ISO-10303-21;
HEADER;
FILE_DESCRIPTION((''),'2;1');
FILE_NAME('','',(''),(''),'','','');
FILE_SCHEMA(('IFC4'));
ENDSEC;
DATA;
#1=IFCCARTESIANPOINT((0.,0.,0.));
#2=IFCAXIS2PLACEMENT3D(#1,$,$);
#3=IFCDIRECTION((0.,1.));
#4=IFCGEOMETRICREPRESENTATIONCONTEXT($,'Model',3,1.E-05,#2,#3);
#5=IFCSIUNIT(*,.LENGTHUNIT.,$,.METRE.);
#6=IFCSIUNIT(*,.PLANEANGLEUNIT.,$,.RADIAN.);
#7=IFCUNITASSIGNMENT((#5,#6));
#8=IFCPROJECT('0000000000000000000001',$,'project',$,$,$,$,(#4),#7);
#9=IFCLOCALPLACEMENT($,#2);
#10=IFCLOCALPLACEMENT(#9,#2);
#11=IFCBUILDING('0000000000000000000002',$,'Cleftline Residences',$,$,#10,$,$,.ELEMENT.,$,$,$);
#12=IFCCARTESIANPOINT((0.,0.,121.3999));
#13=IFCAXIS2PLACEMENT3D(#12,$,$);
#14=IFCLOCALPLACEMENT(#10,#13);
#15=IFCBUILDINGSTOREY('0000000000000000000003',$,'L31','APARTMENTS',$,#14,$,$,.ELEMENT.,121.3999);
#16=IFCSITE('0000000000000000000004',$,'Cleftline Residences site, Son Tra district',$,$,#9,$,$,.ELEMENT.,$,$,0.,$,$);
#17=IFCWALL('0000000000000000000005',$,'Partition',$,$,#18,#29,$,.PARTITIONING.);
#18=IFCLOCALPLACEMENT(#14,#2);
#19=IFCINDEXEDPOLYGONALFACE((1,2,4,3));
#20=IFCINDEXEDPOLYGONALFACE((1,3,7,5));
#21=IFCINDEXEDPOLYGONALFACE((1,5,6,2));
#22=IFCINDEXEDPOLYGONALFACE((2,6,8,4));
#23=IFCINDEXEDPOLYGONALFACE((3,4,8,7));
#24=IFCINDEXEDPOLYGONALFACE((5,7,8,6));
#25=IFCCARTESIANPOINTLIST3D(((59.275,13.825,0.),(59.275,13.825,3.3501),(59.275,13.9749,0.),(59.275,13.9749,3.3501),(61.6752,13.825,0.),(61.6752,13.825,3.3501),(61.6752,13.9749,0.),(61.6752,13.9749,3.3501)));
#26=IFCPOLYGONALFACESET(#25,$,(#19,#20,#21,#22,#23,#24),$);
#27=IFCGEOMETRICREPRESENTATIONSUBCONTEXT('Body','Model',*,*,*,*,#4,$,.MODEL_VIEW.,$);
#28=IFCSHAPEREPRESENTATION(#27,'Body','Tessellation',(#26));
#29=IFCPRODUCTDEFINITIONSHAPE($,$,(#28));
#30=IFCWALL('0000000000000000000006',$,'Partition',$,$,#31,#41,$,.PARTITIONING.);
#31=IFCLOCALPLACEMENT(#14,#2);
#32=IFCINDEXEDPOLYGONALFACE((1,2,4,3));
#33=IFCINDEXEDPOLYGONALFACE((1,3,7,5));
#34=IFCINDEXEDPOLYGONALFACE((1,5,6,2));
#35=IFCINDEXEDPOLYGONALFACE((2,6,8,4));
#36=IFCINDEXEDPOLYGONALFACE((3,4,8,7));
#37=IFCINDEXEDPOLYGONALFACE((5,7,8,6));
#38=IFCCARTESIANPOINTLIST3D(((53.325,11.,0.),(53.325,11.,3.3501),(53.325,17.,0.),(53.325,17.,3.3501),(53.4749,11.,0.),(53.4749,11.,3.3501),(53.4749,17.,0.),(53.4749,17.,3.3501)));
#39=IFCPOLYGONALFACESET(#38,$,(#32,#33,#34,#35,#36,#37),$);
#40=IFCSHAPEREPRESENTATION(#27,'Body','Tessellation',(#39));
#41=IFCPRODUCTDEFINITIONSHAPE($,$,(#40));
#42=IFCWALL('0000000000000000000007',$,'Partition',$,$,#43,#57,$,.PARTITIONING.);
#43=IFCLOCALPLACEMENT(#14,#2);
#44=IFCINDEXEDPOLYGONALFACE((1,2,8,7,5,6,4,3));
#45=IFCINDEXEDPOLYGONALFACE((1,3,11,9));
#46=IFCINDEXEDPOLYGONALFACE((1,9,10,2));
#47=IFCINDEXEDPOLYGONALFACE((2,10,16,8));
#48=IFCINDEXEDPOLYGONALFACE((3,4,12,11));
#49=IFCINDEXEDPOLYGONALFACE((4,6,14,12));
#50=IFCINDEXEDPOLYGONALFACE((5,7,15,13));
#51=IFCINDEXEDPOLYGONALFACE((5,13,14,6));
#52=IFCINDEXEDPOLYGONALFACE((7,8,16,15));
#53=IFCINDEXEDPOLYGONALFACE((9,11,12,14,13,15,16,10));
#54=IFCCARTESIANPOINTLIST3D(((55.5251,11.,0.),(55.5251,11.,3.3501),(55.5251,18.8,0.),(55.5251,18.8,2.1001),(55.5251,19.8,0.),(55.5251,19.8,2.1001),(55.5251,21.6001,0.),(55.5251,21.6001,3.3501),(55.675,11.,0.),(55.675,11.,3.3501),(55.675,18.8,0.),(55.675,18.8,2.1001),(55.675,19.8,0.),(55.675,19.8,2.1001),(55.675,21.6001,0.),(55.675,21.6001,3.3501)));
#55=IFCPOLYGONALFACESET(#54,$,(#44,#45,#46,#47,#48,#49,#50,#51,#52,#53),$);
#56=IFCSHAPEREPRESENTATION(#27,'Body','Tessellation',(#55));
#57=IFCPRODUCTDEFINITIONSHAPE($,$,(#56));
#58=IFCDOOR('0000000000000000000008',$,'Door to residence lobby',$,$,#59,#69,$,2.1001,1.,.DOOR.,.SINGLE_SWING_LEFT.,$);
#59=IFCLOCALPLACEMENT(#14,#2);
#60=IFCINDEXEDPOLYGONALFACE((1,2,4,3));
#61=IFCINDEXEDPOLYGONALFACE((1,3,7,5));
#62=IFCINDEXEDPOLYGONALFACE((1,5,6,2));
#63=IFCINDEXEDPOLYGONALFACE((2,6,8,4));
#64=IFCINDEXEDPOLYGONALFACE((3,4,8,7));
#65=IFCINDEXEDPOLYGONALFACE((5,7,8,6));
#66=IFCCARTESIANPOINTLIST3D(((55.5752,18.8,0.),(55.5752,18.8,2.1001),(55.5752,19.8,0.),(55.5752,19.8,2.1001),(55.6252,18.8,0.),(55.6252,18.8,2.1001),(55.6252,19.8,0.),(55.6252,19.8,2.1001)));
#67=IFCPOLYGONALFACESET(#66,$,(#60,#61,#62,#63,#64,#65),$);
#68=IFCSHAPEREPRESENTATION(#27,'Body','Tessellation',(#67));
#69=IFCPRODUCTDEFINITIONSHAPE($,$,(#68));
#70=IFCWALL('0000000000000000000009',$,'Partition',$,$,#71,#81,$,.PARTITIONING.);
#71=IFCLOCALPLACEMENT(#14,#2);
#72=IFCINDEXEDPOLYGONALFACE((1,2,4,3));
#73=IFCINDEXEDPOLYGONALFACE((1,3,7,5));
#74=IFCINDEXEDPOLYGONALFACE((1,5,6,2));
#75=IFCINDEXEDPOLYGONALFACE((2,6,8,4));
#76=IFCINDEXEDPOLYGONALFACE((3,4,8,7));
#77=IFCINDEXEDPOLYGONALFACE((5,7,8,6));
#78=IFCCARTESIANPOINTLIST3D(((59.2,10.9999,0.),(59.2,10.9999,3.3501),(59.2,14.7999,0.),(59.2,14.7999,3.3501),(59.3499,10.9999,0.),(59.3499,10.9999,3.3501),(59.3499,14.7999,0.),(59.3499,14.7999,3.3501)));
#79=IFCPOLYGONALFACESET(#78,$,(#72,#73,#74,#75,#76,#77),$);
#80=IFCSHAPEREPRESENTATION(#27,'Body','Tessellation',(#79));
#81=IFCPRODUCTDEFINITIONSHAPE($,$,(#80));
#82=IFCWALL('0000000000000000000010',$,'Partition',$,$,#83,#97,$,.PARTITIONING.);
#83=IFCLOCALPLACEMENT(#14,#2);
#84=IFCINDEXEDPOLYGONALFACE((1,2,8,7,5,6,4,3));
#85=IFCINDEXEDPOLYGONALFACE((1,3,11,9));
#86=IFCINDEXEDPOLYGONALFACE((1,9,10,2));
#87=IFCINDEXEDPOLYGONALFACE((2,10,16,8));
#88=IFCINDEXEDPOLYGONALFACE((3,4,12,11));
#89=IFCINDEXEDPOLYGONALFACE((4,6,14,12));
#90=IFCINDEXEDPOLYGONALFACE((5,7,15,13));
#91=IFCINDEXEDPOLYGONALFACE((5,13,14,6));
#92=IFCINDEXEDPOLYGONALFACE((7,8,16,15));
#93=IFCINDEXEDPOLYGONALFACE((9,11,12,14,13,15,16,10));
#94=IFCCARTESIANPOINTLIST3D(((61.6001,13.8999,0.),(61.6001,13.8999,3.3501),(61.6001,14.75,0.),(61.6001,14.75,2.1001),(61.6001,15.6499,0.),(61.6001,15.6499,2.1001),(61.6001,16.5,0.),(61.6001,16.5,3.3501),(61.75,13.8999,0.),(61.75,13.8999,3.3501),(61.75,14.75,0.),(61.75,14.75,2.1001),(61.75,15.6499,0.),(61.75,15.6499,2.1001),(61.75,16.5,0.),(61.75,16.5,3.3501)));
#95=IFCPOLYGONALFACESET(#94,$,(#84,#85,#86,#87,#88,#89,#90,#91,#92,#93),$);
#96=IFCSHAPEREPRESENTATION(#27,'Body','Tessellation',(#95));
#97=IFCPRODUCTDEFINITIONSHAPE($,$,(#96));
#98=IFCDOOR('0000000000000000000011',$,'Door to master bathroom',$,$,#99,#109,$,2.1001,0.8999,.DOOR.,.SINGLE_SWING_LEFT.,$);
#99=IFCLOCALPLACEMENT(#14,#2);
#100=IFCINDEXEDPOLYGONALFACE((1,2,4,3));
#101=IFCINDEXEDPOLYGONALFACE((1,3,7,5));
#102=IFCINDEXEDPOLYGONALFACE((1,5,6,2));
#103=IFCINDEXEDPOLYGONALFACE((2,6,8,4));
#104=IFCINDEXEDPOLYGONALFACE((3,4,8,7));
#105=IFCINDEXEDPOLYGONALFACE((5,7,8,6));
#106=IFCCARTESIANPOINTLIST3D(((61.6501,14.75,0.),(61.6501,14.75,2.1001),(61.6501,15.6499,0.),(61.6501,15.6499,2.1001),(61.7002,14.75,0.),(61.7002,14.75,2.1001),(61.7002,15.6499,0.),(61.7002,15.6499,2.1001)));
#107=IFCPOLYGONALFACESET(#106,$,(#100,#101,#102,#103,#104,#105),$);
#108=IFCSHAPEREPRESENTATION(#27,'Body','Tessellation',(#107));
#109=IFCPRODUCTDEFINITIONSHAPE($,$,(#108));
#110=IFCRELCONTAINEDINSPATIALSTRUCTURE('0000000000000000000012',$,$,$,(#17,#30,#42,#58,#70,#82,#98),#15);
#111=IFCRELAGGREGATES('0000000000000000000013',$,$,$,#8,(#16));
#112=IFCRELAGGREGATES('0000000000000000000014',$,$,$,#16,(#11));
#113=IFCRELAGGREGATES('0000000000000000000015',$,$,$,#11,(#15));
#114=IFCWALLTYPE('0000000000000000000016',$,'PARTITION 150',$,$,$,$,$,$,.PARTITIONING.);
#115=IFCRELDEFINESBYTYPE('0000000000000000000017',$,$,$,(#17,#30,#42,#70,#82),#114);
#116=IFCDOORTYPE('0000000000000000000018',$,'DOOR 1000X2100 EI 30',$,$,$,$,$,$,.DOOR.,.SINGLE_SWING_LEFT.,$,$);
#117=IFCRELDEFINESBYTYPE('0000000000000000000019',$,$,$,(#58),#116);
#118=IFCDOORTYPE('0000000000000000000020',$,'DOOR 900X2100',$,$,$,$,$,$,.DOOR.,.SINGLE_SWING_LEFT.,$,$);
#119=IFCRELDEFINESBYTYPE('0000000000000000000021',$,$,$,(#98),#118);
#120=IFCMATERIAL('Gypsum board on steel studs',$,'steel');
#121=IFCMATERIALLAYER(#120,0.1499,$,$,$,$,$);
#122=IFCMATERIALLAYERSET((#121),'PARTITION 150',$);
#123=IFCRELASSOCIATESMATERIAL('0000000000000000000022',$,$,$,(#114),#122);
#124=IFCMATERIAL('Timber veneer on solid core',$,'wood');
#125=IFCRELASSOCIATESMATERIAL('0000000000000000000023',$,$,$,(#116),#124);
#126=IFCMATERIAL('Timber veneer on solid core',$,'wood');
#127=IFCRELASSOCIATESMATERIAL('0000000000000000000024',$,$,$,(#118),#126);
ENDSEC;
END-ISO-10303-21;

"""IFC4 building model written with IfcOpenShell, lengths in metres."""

from ifc_helpers import new_model, si_unit, direction, frame, frame_2d, origin, place, context, subcontext, project, spatial, rectangle, extrude, material, layer, layer_set, type_object, element, fill, save


model = new_model("IFC4")

# Units and contexts
model_context = context("Model", 3, precision=1e-05, world=origin(), true_north=direction((0.0, 1.0)))
body_context = subcontext(model_context, "Body", "Model", "MODEL_VIEW")
ifc_project = project(units=[si_unit("LENGTHUNIT", "METRE"), si_unit("PLANEANGLEUNIT", "RADIAN")], contexts=[model_context])

# Site, building, storey
site_placement = place(None, origin())
site = spatial("IfcSite", under=ifc_project, at=site_placement, Name="Cleftline Residences site, Son Tra district", CompositionType="ELEMENT", RefElevation=0.0)
building_placement = place(site_placement, origin())
building = spatial("IfcBuilding", under=site, at=building_placement, Name="Cleftline Residences", CompositionType="ELEMENT")
storey_placement = place(building_placement, frame((0.0, 0.0, 121.3999)))
storey = spatial("IfcBuildingStorey", under=building, at=storey_placement, Name="L31", Description="APARTMENTS", CompositionType="ELEMENT", Elevation=121.3999)

# Walls
ifc_material_1 = material(Name="Gypsum board on steel studs", Category="steel")
ifc_layer = layer(ifc_material_1, 0.1499)
ifc_layer_set = layer_set([ifc_layer], Name="PARTITION 150")
wall_type = type_object("IfcWallType", Name="PARTITION 150", PredefinedType="PARTITIONING", material=ifc_layer_set)
wall_1_placement = place(storey_placement, frame((59.2749, 13.8999, 0.0), z_axis=(0.0, 0.0, 1.0), x_axis=(1.0, 0.0, 0.0)))
element("IfcWall", 1, at=wall_1_placement, inside=storey, type_object=wall_type, Name="Partition", PredefinedType="PARTITIONING", context=body_context, shape_type="SweptSolid", body=[
    extrude(rectangle(XDim=2.4001, YDim=0.1499, at=frame_2d((1.2002, 0.0))), origin(), (0.0, 0.0, 1.0), 3.3501),
])
wall_2_placement = place(storey_placement, frame((53.3999, 11.0, 0.0), z_axis=(0.0, 0.0, 1.0), x_axis=(0.0, 1.0, 0.0)))
element("IfcWall", 2, at=wall_2_placement, inside=storey, type_object=wall_type, Name="Partition", PredefinedType="PARTITIONING", context=body_context, shape_type="SweptSolid", body=[
    extrude(rectangle(XDim=6.0, YDim=0.1499, at=frame_2d((3.0, 0.0))), origin(), (0.0, 0.0, 1.0), 3.3501),
])

# Wall, opening, door
wall_3_placement = place(storey_placement, frame((55.6001, 11.0, 0.0), z_axis=(0.0, 0.0, 1.0), x_axis=(0.0, 1.0, 0.0)))
wall_3 = element("IfcWall", 3, at=wall_3_placement, inside=storey, type_object=wall_type, Name="Partition", PredefinedType="PARTITIONING", context=body_context, shape_type="SweptSolid", body=[
    extrude(rectangle(XDim=10.6001, YDim=0.1499, at=frame_2d((5.3, 0.0))), origin(), (0.0, 0.0, 1.0), 3.3501),
])
opening_1_placement = place(wall_3_placement, frame((7.8, 0.0, 0.0)))
opening_1 = element("IfcOpeningElement", 4, at=opening_1_placement, cuts=wall_3, PredefinedType="OPENING", context=body_context, shape_type="SweptSolid", body=[
    extrude(rectangle(XDim=1.0, YDim=2.1001, at=frame_2d((0.5, 1.05))), frame((0.0, 0.085, 0.0), z_axis=(0.0, -1.0, 0.0), x_axis=(1.0, 0.0, 0.0)), (0.0, 0.0, 1.0), 0.1699),
])
ifc_material_2 = material(Name="Timber veneer on solid core", Category="wood")
door_type_1 = type_object("IfcDoorType", Name="DOOR 1000X2100 EI 30", OperationType="SINGLE_SWING_LEFT", PredefinedType="DOOR", material=ifc_material_2)
door_1_placement = place(opening_1_placement, origin())
door_1 = element("IfcDoor", 5, at=door_1_placement, inside=storey, type_object=door_type_1, Name="Door to residence lobby", OperationType="SINGLE_SWING_LEFT", OverallHeight=2.1001, OverallWidth=1.0, PredefinedType="DOOR", context=body_context, shape_type="SweptSolid", body=[
    extrude(rectangle(XDim=1.0, YDim=2.1001, at=frame_2d((0.5, 1.05))), frame((0.0, 0.0249, 0.0), z_axis=(0.0, -1.0, 0.0), x_axis=(1.0, 0.0, 0.0)), (0.0, 0.0, 1.0), 0.05),
])
fill(opening_1, door_1)

# Wall
wall_4_placement = place(storey_placement, frame((59.2749, 11.0, 0.0), z_axis=(0.0, 0.0, 1.0), x_axis=(0.0, 1.0, 0.0)))
element("IfcWall", 6, at=wall_4_placement, inside=storey, type_object=wall_type, Name="Partition", PredefinedType="PARTITIONING", context=body_context, shape_type="SweptSolid", body=[
    extrude(rectangle(XDim=3.8, YDim=0.1499, at=frame_2d((1.8999, 0.0))), origin(), (0.0, 0.0, 1.0), 3.3501),
])

# Wall, opening, door
wall_5_placement = place(storey_placement, frame((61.675, 13.8999, 0.0), z_axis=(0.0, 0.0, 1.0), x_axis=(0.0, 1.0, 0.0)))
wall_5 = element("IfcWall", 7, at=wall_5_placement, inside=storey, type_object=wall_type, Name="Partition", PredefinedType="PARTITIONING", context=body_context, shape_type="SweptSolid", body=[
    extrude(rectangle(XDim=2.6001, YDim=0.1499, at=frame_2d((1.3, 0.0))), origin(), (0.0, 0.0, 1.0), 3.3501),
])
opening_2_placement = place(wall_5_placement, frame((0.8501, 0.0, 0.0)))
opening_2 = element("IfcOpeningElement", 8, at=opening_2_placement, cuts=wall_5, PredefinedType="OPENING", context=body_context, shape_type="SweptSolid", body=[
    extrude(rectangle(XDim=0.8999, YDim=2.1001, at=frame_2d((0.45, 1.05))), frame((0.0, 0.085, 0.0), z_axis=(0.0, -1.0, 0.0), x_axis=(1.0, 0.0, 0.0)), (0.0, 0.0, 1.0), 0.1699),
])
ifc_material_3 = material(Name="Timber veneer on solid core", Category="wood")
door_type_2 = type_object("IfcDoorType", Name="DOOR 900X2100", OperationType="SINGLE_SWING_LEFT", PredefinedType="DOOR", material=ifc_material_3)
door_2_placement = place(opening_2_placement, origin())
door_2 = element("IfcDoor", 9, at=door_2_placement, inside=storey, type_object=door_type_2, Name="Door to master bathroom", OperationType="SINGLE_SWING_LEFT", OverallHeight=2.1001, OverallWidth=0.8999, PredefinedType="DOOR", context=body_context, shape_type="SweptSolid", body=[
    extrude(rectangle(XDim=0.8999, YDim=2.1001, at=frame_2d((0.45, 1.05))), frame((0.0, 0.0249, 0.0), z_axis=(0.0, -1.0, 0.0), x_axis=(1.0, 0.0, 0.0)), (0.0, 0.0, 1.0), 0.05),
])
fill(opening_2, door_2)

save(model, "model.ifc")
